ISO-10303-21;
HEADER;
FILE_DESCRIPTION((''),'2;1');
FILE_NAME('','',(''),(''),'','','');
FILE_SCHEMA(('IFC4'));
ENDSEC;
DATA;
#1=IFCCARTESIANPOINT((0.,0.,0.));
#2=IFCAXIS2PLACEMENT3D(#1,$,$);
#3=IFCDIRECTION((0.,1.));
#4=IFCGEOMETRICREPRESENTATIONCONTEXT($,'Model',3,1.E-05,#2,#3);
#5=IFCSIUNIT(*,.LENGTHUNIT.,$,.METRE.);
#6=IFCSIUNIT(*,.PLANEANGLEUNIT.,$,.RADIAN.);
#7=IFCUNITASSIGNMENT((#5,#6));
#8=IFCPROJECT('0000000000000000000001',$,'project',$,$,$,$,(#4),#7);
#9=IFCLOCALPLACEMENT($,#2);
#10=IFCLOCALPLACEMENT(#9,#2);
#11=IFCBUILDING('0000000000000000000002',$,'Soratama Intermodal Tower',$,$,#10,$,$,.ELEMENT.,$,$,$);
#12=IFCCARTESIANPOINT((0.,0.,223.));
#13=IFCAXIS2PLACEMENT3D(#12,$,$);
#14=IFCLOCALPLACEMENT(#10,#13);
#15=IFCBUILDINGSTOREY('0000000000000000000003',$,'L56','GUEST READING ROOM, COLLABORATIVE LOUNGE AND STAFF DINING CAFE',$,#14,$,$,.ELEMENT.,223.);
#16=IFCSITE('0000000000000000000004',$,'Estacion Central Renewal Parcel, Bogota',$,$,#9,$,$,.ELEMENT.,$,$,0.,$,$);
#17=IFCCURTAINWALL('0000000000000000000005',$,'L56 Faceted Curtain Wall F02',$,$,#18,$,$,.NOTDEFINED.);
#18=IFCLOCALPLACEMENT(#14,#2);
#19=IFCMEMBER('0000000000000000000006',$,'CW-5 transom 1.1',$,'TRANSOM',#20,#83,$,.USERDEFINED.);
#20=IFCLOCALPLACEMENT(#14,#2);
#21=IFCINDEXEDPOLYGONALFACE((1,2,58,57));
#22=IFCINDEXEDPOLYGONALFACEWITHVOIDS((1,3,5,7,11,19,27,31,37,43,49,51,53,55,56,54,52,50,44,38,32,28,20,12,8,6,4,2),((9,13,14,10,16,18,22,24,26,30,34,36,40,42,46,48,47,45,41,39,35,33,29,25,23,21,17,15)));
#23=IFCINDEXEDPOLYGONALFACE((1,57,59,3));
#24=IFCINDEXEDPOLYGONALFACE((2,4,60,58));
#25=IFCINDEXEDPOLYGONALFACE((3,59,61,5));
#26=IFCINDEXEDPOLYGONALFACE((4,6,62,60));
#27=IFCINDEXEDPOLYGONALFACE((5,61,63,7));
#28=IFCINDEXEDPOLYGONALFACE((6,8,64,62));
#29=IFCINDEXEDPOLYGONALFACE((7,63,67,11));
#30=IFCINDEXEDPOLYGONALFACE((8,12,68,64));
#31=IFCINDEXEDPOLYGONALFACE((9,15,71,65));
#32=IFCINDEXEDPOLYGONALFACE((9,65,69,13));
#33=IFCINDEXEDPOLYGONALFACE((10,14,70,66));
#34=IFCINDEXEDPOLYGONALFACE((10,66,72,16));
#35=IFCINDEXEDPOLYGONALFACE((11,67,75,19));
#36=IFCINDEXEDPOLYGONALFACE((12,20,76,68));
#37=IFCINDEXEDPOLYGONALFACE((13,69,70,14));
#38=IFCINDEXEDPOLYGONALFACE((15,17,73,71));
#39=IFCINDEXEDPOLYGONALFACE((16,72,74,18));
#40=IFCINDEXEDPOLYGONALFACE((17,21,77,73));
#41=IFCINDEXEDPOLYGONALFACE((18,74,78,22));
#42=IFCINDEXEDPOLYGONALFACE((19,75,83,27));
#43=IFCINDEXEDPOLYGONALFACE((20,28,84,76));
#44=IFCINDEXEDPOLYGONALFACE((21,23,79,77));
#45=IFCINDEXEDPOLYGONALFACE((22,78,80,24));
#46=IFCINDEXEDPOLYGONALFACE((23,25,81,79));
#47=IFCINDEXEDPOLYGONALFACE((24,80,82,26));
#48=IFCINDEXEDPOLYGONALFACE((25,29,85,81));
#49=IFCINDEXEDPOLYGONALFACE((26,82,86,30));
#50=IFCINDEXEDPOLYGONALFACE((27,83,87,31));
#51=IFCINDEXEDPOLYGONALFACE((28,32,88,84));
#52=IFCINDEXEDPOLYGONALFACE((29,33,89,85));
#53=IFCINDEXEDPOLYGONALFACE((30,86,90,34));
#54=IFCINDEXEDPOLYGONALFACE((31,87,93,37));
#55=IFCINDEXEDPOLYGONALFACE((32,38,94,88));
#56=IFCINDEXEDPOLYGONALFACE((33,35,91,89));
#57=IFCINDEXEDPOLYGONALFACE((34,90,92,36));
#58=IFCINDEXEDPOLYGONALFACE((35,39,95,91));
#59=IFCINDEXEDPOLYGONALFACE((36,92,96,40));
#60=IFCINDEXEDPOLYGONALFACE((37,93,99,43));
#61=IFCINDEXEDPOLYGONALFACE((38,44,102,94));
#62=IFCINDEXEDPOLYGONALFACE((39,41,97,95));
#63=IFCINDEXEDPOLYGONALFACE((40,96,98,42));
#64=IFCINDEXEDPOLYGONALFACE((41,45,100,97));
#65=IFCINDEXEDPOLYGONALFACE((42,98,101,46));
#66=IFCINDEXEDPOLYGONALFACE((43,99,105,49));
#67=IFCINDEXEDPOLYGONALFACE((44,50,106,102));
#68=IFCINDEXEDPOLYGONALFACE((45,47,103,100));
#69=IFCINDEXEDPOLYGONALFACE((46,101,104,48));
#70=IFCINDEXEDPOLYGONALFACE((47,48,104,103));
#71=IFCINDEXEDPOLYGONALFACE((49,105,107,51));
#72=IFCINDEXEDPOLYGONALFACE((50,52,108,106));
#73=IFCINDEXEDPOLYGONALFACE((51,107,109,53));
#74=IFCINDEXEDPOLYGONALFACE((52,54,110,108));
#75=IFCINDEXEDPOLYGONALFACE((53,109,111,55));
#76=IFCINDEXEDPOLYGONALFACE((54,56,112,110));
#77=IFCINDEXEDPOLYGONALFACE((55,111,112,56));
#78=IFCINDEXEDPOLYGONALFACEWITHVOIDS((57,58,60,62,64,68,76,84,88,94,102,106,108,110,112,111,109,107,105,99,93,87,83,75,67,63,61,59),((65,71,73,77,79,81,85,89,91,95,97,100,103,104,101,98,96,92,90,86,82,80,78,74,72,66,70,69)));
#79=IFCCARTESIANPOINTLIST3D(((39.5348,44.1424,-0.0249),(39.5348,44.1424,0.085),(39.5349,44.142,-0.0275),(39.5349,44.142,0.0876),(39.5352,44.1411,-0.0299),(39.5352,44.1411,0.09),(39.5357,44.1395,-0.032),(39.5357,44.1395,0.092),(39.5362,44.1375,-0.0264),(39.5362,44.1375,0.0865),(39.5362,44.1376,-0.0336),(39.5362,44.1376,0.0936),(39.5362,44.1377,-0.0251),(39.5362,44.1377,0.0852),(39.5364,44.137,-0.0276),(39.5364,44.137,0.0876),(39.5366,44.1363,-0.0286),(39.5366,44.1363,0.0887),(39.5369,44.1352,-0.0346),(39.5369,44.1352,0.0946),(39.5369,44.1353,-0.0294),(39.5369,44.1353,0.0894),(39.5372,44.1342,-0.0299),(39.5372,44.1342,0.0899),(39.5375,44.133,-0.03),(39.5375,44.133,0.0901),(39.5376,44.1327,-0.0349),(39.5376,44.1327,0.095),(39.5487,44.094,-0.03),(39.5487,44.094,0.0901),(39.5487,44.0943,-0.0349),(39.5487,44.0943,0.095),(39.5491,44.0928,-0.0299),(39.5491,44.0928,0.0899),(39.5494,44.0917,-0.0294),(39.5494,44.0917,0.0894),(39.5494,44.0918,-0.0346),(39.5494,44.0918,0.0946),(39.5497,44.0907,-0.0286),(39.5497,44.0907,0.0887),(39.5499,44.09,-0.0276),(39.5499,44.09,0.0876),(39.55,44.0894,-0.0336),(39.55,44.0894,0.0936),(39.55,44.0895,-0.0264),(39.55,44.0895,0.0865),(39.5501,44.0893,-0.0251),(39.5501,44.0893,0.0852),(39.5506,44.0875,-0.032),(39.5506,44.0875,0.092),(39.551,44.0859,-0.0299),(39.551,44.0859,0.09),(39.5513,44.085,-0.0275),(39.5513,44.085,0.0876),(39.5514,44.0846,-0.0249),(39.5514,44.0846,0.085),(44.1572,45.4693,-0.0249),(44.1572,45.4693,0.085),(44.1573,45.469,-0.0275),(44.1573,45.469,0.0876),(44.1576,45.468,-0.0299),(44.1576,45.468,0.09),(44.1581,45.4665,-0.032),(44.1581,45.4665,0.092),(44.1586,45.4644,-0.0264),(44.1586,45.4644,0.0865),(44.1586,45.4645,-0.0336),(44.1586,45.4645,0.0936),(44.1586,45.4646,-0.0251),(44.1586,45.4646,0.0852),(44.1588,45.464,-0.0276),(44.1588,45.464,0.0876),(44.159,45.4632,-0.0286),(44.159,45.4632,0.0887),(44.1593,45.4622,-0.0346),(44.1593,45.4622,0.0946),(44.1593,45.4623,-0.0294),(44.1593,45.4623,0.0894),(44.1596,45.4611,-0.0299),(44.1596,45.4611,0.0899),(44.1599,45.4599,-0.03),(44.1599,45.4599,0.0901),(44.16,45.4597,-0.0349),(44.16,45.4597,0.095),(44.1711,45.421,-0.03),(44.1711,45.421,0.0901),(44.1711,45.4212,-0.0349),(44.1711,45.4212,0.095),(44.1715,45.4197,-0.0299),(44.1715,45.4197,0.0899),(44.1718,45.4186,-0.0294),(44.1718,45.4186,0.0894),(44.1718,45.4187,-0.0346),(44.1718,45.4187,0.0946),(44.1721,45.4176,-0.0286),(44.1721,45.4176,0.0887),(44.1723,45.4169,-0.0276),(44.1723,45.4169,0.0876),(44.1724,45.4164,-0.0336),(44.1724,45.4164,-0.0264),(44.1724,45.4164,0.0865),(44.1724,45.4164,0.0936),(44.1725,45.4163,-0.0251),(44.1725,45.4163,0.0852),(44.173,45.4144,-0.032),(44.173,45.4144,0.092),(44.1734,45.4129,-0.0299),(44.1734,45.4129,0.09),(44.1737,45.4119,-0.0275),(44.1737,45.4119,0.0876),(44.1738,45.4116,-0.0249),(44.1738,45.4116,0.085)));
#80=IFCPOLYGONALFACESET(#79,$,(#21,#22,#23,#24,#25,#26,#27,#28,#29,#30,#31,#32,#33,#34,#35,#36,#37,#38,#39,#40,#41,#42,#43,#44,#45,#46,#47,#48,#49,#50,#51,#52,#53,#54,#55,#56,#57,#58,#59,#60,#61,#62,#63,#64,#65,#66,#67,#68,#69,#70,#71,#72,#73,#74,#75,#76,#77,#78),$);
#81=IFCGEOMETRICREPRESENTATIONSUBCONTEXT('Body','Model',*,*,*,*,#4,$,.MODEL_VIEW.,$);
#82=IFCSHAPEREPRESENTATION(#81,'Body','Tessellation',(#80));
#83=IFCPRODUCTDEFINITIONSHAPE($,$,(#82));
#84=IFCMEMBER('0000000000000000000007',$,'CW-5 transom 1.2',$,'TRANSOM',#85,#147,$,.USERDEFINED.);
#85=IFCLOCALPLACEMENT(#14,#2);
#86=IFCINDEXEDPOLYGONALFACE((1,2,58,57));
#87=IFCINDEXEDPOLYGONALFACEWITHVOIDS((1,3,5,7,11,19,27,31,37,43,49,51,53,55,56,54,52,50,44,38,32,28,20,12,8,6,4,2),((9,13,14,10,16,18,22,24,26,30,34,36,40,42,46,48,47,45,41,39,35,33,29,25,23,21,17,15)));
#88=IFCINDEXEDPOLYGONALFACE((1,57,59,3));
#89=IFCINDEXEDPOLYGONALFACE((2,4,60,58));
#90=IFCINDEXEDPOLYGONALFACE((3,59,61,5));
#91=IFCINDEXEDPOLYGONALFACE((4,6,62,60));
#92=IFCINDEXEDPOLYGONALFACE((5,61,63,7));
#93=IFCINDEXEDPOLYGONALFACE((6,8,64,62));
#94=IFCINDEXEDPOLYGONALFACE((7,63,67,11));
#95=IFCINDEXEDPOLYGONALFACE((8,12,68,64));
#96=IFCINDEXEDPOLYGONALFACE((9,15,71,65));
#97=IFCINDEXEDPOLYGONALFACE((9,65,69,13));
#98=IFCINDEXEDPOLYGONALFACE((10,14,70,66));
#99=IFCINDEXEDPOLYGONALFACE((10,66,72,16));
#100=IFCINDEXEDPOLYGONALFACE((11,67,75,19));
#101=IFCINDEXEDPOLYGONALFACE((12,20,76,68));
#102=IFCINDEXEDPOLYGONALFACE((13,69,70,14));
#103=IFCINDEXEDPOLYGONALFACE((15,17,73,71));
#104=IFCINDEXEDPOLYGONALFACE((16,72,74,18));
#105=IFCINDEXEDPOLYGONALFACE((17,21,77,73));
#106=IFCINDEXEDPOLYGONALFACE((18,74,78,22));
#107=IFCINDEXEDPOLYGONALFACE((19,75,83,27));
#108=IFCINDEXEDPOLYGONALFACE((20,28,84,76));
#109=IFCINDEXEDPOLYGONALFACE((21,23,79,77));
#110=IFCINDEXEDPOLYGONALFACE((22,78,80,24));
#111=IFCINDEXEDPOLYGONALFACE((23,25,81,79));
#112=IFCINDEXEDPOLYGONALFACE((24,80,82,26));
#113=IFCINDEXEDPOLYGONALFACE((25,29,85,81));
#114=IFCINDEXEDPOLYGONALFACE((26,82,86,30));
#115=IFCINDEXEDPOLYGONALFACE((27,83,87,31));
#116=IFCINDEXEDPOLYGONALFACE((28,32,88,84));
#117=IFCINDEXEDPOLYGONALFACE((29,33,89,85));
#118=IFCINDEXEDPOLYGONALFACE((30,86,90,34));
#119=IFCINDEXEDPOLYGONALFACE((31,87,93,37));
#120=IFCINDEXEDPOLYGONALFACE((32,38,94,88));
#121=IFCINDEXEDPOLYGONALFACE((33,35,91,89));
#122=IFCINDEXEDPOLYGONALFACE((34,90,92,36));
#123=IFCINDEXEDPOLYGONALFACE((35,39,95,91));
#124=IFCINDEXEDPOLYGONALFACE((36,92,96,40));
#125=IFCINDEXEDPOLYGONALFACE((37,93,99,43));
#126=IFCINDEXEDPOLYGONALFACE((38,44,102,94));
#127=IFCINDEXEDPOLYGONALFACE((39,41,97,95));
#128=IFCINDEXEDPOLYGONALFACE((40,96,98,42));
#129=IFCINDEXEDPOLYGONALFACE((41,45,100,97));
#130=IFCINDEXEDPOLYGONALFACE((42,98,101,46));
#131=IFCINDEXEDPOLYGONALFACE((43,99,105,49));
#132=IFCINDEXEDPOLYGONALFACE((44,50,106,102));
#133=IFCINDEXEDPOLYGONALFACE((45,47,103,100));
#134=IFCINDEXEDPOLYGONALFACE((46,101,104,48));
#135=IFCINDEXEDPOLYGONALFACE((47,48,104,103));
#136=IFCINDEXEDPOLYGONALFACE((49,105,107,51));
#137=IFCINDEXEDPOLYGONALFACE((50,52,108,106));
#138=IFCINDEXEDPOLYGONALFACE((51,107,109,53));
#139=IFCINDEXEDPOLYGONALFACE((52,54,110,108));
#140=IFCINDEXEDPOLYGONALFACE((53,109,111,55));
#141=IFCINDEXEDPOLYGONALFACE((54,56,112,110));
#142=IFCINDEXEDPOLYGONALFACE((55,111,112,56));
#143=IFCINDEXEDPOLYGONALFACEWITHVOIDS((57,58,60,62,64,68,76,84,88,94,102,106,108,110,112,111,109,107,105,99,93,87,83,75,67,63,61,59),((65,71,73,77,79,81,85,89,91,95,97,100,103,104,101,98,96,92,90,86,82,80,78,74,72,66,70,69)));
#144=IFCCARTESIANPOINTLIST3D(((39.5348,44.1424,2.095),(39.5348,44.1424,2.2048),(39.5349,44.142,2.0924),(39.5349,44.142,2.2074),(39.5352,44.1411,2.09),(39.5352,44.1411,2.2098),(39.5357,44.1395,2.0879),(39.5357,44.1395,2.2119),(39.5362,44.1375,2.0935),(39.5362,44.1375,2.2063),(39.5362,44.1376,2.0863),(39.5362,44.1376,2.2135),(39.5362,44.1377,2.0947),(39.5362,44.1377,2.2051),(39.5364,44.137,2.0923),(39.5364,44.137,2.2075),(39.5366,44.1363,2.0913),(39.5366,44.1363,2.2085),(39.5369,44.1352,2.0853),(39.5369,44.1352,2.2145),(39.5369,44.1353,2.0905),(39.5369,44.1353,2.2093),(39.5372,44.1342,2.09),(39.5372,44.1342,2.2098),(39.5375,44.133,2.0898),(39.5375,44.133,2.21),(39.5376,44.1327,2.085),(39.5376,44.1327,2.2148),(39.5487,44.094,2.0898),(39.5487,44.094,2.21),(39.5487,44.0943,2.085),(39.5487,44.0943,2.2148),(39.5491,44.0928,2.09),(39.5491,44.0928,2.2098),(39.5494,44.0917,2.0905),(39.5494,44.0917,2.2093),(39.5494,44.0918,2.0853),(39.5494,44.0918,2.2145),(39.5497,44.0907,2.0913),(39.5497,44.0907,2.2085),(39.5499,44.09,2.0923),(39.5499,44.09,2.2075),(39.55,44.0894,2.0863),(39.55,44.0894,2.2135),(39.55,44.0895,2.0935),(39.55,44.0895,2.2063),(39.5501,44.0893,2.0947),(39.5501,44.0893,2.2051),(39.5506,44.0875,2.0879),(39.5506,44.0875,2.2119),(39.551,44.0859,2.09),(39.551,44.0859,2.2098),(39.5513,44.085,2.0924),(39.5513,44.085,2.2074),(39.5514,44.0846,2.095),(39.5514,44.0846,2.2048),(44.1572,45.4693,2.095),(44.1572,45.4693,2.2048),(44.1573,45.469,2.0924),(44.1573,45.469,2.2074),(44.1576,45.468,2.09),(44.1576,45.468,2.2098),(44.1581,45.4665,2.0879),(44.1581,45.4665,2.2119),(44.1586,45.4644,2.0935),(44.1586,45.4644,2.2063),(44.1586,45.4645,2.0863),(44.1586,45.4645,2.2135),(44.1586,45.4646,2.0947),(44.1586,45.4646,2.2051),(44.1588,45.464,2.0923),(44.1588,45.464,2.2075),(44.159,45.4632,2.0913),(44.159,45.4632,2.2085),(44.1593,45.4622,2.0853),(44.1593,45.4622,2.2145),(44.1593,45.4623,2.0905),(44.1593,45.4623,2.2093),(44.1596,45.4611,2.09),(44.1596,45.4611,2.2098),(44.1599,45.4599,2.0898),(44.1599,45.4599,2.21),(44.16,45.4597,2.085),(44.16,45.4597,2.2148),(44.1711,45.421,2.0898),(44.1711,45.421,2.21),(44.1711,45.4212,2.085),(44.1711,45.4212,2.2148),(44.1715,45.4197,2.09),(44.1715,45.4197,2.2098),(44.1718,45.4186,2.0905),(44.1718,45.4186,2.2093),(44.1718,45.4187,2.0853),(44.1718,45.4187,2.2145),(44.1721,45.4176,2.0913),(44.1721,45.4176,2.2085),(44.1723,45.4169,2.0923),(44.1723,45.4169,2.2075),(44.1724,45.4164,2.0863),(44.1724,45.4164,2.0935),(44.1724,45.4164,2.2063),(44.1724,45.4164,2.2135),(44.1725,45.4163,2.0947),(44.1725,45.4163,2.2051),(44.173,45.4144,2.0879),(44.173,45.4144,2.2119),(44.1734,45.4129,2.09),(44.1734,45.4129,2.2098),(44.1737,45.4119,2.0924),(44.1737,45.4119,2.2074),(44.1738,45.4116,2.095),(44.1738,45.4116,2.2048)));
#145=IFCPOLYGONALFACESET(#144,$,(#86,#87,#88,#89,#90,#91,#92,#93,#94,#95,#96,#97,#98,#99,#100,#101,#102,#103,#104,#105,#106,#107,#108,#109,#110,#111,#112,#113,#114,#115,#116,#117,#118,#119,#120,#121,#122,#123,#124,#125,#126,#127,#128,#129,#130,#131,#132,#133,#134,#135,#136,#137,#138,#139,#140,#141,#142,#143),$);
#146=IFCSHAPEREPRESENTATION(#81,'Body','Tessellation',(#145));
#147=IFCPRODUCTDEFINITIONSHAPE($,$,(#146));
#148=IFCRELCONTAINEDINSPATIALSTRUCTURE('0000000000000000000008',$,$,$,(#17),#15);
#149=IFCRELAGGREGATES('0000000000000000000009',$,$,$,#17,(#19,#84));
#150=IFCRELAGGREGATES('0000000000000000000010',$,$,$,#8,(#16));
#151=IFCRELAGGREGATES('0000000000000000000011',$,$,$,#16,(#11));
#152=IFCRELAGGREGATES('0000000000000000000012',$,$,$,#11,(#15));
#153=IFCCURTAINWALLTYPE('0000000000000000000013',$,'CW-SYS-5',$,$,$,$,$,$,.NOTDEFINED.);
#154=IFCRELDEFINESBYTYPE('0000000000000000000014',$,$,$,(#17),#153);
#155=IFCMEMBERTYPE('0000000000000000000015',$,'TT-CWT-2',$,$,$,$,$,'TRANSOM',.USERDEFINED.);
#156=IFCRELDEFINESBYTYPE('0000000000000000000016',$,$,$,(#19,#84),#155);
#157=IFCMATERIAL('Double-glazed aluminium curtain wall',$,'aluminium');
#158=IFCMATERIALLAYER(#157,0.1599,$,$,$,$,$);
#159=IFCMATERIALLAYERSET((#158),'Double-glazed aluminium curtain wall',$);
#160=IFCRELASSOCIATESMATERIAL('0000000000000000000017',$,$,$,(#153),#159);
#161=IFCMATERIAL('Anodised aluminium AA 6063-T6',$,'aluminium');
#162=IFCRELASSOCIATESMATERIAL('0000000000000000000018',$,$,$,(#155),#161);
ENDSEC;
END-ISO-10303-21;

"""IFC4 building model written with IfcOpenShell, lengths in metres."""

from ifc_helpers import new_model, si_unit, direction, frame, origin, origin_2d, place, context, subcontext, project, spatial, hollow_rectangle, extrude, material, layer, layer_set, material_profile, profile_set, type_object, element, aggregate, save


model = new_model("IFC4")

# Units and contexts
model_context = context("Model", 3, precision=1e-05, world=origin(), true_north=direction((0.0, 1.0)))
body_context = subcontext(model_context, "Body", "Model", "MODEL_VIEW")
ifc_project = project(units=[si_unit("LENGTHUNIT", "METRE"), si_unit("PLANEANGLEUNIT", "RADIAN")], contexts=[model_context])

# Site, building, storey
site_placement = place(None, origin())
site = spatial("IfcSite", under=ifc_project, at=site_placement, Name="Estacion Central Renewal Parcel, Bogota", CompositionType="ELEMENT", RefElevation=0.0)
building_placement = place(site_placement, origin())
building = spatial("IfcBuilding", under=site, at=building_placement, Name="Soratama Intermodal Tower", CompositionType="ELEMENT")
storey_placement = place(building_placement, frame((0.0, 0.0, 223.0)))
storey = spatial("IfcBuildingStorey", under=building, at=storey_placement, Name="L56", Description="GUEST READING ROOM, COLLABORATIVE LOUNGE AND STAFF DINING CAFE", CompositionType="ELEMENT", Elevation=223.0)

# Shared definitions
ifc_material_1 = material(Name="Double-glazed aluminium curtain wall", Category="aluminium")
ifc_layer_1 = layer(ifc_material_1, 0.1599)
ifc_layer_set_1 = layer_set([ifc_layer_1], Name="Double-glazed aluminium curtain wall")
curtain_wall_type = type_object("IfcCurtainWallType", Name="CW-SYS-5", PredefinedType="NOTDEFINED", material=ifc_layer_set_1)

# Curtain wall, members
curtain_wall_1_placement = place(storey_placement, origin())
curtain_wall_1 = element("IfcCurtainWall", 1, at=curtain_wall_1_placement, inside=storey, type_object=curtain_wall_type, Name="L56 Faceted Curtain Wall F02", PredefinedType="NOTDEFINED")
ifc_material_2 = material(Name="Anodised aluminium AA 6063-T6", Category="aluminium")
ifc_material_profile_1 = material_profile(ifc_material_2, hollow_rectangle(XDim=0.0601, YDim=0.1299, WallThickness=0.0049, InnerFilletRadius=0.0049, OuterFilletRadius=0.01, at=origin_2d()), Name="CWT130X60X5")
ifc_profile_set_1 = profile_set([ifc_material_profile_1], Name="Anodised aluminium AA 6063-T6")
member_type_1 = type_object("IfcMemberType", Name="TT-CWT-2", ElementType="TRANSOM", PredefinedType="USERDEFINED", material=ifc_profile_set_1)
member_1_placement = place(storey_placement, frame((44.1655, 45.4404, 0.03), z_axis=(-0.96118, -0.275921, 0.0), x_axis=(0.275921, -0.96118, 0.0)))
member_1 = element("IfcMember", 2, at=member_1_placement, type_object=member_type_1, Name="CW-5 transom 1.1", ObjectType="TRANSOM", PredefinedType="USERDEFINED", context=body_context, shape_type="SweptSolid", body=[
    extrude(hollow_rectangle(XDim=0.0601, YDim=0.1299, WallThickness=0.0049, InnerFilletRadius=0.0049, OuterFilletRadius=0.01, at=origin_2d()), origin(), (0.0, 0.0, 1.0), 4.8091),
])
member_2_placement = place(storey_placement, frame((44.1655, 45.4404, 2.1499), z_axis=(-0.96118, -0.275921, 0.0), x_axis=(0.275921, -0.96118, 0.0)))
member_2 = element("IfcMember", 3, at=member_2_placement, type_object=member_type_1, Name="CW-5 transom 1.2", ObjectType="TRANSOM", PredefinedType="USERDEFINED", context=body_context, shape_type="SweptSolid", body=[
    extrude(hollow_rectangle(XDim=0.0601, YDim=0.1299, WallThickness=0.0049, InnerFilletRadius=0.0049, OuterFilletRadius=0.01, at=origin_2d()), origin(), (0.0, 0.0, 1.0), 4.8091),
])

aggregate(curtain_wall_1, [member_1, member_2])

save(model, "model.ifc")
